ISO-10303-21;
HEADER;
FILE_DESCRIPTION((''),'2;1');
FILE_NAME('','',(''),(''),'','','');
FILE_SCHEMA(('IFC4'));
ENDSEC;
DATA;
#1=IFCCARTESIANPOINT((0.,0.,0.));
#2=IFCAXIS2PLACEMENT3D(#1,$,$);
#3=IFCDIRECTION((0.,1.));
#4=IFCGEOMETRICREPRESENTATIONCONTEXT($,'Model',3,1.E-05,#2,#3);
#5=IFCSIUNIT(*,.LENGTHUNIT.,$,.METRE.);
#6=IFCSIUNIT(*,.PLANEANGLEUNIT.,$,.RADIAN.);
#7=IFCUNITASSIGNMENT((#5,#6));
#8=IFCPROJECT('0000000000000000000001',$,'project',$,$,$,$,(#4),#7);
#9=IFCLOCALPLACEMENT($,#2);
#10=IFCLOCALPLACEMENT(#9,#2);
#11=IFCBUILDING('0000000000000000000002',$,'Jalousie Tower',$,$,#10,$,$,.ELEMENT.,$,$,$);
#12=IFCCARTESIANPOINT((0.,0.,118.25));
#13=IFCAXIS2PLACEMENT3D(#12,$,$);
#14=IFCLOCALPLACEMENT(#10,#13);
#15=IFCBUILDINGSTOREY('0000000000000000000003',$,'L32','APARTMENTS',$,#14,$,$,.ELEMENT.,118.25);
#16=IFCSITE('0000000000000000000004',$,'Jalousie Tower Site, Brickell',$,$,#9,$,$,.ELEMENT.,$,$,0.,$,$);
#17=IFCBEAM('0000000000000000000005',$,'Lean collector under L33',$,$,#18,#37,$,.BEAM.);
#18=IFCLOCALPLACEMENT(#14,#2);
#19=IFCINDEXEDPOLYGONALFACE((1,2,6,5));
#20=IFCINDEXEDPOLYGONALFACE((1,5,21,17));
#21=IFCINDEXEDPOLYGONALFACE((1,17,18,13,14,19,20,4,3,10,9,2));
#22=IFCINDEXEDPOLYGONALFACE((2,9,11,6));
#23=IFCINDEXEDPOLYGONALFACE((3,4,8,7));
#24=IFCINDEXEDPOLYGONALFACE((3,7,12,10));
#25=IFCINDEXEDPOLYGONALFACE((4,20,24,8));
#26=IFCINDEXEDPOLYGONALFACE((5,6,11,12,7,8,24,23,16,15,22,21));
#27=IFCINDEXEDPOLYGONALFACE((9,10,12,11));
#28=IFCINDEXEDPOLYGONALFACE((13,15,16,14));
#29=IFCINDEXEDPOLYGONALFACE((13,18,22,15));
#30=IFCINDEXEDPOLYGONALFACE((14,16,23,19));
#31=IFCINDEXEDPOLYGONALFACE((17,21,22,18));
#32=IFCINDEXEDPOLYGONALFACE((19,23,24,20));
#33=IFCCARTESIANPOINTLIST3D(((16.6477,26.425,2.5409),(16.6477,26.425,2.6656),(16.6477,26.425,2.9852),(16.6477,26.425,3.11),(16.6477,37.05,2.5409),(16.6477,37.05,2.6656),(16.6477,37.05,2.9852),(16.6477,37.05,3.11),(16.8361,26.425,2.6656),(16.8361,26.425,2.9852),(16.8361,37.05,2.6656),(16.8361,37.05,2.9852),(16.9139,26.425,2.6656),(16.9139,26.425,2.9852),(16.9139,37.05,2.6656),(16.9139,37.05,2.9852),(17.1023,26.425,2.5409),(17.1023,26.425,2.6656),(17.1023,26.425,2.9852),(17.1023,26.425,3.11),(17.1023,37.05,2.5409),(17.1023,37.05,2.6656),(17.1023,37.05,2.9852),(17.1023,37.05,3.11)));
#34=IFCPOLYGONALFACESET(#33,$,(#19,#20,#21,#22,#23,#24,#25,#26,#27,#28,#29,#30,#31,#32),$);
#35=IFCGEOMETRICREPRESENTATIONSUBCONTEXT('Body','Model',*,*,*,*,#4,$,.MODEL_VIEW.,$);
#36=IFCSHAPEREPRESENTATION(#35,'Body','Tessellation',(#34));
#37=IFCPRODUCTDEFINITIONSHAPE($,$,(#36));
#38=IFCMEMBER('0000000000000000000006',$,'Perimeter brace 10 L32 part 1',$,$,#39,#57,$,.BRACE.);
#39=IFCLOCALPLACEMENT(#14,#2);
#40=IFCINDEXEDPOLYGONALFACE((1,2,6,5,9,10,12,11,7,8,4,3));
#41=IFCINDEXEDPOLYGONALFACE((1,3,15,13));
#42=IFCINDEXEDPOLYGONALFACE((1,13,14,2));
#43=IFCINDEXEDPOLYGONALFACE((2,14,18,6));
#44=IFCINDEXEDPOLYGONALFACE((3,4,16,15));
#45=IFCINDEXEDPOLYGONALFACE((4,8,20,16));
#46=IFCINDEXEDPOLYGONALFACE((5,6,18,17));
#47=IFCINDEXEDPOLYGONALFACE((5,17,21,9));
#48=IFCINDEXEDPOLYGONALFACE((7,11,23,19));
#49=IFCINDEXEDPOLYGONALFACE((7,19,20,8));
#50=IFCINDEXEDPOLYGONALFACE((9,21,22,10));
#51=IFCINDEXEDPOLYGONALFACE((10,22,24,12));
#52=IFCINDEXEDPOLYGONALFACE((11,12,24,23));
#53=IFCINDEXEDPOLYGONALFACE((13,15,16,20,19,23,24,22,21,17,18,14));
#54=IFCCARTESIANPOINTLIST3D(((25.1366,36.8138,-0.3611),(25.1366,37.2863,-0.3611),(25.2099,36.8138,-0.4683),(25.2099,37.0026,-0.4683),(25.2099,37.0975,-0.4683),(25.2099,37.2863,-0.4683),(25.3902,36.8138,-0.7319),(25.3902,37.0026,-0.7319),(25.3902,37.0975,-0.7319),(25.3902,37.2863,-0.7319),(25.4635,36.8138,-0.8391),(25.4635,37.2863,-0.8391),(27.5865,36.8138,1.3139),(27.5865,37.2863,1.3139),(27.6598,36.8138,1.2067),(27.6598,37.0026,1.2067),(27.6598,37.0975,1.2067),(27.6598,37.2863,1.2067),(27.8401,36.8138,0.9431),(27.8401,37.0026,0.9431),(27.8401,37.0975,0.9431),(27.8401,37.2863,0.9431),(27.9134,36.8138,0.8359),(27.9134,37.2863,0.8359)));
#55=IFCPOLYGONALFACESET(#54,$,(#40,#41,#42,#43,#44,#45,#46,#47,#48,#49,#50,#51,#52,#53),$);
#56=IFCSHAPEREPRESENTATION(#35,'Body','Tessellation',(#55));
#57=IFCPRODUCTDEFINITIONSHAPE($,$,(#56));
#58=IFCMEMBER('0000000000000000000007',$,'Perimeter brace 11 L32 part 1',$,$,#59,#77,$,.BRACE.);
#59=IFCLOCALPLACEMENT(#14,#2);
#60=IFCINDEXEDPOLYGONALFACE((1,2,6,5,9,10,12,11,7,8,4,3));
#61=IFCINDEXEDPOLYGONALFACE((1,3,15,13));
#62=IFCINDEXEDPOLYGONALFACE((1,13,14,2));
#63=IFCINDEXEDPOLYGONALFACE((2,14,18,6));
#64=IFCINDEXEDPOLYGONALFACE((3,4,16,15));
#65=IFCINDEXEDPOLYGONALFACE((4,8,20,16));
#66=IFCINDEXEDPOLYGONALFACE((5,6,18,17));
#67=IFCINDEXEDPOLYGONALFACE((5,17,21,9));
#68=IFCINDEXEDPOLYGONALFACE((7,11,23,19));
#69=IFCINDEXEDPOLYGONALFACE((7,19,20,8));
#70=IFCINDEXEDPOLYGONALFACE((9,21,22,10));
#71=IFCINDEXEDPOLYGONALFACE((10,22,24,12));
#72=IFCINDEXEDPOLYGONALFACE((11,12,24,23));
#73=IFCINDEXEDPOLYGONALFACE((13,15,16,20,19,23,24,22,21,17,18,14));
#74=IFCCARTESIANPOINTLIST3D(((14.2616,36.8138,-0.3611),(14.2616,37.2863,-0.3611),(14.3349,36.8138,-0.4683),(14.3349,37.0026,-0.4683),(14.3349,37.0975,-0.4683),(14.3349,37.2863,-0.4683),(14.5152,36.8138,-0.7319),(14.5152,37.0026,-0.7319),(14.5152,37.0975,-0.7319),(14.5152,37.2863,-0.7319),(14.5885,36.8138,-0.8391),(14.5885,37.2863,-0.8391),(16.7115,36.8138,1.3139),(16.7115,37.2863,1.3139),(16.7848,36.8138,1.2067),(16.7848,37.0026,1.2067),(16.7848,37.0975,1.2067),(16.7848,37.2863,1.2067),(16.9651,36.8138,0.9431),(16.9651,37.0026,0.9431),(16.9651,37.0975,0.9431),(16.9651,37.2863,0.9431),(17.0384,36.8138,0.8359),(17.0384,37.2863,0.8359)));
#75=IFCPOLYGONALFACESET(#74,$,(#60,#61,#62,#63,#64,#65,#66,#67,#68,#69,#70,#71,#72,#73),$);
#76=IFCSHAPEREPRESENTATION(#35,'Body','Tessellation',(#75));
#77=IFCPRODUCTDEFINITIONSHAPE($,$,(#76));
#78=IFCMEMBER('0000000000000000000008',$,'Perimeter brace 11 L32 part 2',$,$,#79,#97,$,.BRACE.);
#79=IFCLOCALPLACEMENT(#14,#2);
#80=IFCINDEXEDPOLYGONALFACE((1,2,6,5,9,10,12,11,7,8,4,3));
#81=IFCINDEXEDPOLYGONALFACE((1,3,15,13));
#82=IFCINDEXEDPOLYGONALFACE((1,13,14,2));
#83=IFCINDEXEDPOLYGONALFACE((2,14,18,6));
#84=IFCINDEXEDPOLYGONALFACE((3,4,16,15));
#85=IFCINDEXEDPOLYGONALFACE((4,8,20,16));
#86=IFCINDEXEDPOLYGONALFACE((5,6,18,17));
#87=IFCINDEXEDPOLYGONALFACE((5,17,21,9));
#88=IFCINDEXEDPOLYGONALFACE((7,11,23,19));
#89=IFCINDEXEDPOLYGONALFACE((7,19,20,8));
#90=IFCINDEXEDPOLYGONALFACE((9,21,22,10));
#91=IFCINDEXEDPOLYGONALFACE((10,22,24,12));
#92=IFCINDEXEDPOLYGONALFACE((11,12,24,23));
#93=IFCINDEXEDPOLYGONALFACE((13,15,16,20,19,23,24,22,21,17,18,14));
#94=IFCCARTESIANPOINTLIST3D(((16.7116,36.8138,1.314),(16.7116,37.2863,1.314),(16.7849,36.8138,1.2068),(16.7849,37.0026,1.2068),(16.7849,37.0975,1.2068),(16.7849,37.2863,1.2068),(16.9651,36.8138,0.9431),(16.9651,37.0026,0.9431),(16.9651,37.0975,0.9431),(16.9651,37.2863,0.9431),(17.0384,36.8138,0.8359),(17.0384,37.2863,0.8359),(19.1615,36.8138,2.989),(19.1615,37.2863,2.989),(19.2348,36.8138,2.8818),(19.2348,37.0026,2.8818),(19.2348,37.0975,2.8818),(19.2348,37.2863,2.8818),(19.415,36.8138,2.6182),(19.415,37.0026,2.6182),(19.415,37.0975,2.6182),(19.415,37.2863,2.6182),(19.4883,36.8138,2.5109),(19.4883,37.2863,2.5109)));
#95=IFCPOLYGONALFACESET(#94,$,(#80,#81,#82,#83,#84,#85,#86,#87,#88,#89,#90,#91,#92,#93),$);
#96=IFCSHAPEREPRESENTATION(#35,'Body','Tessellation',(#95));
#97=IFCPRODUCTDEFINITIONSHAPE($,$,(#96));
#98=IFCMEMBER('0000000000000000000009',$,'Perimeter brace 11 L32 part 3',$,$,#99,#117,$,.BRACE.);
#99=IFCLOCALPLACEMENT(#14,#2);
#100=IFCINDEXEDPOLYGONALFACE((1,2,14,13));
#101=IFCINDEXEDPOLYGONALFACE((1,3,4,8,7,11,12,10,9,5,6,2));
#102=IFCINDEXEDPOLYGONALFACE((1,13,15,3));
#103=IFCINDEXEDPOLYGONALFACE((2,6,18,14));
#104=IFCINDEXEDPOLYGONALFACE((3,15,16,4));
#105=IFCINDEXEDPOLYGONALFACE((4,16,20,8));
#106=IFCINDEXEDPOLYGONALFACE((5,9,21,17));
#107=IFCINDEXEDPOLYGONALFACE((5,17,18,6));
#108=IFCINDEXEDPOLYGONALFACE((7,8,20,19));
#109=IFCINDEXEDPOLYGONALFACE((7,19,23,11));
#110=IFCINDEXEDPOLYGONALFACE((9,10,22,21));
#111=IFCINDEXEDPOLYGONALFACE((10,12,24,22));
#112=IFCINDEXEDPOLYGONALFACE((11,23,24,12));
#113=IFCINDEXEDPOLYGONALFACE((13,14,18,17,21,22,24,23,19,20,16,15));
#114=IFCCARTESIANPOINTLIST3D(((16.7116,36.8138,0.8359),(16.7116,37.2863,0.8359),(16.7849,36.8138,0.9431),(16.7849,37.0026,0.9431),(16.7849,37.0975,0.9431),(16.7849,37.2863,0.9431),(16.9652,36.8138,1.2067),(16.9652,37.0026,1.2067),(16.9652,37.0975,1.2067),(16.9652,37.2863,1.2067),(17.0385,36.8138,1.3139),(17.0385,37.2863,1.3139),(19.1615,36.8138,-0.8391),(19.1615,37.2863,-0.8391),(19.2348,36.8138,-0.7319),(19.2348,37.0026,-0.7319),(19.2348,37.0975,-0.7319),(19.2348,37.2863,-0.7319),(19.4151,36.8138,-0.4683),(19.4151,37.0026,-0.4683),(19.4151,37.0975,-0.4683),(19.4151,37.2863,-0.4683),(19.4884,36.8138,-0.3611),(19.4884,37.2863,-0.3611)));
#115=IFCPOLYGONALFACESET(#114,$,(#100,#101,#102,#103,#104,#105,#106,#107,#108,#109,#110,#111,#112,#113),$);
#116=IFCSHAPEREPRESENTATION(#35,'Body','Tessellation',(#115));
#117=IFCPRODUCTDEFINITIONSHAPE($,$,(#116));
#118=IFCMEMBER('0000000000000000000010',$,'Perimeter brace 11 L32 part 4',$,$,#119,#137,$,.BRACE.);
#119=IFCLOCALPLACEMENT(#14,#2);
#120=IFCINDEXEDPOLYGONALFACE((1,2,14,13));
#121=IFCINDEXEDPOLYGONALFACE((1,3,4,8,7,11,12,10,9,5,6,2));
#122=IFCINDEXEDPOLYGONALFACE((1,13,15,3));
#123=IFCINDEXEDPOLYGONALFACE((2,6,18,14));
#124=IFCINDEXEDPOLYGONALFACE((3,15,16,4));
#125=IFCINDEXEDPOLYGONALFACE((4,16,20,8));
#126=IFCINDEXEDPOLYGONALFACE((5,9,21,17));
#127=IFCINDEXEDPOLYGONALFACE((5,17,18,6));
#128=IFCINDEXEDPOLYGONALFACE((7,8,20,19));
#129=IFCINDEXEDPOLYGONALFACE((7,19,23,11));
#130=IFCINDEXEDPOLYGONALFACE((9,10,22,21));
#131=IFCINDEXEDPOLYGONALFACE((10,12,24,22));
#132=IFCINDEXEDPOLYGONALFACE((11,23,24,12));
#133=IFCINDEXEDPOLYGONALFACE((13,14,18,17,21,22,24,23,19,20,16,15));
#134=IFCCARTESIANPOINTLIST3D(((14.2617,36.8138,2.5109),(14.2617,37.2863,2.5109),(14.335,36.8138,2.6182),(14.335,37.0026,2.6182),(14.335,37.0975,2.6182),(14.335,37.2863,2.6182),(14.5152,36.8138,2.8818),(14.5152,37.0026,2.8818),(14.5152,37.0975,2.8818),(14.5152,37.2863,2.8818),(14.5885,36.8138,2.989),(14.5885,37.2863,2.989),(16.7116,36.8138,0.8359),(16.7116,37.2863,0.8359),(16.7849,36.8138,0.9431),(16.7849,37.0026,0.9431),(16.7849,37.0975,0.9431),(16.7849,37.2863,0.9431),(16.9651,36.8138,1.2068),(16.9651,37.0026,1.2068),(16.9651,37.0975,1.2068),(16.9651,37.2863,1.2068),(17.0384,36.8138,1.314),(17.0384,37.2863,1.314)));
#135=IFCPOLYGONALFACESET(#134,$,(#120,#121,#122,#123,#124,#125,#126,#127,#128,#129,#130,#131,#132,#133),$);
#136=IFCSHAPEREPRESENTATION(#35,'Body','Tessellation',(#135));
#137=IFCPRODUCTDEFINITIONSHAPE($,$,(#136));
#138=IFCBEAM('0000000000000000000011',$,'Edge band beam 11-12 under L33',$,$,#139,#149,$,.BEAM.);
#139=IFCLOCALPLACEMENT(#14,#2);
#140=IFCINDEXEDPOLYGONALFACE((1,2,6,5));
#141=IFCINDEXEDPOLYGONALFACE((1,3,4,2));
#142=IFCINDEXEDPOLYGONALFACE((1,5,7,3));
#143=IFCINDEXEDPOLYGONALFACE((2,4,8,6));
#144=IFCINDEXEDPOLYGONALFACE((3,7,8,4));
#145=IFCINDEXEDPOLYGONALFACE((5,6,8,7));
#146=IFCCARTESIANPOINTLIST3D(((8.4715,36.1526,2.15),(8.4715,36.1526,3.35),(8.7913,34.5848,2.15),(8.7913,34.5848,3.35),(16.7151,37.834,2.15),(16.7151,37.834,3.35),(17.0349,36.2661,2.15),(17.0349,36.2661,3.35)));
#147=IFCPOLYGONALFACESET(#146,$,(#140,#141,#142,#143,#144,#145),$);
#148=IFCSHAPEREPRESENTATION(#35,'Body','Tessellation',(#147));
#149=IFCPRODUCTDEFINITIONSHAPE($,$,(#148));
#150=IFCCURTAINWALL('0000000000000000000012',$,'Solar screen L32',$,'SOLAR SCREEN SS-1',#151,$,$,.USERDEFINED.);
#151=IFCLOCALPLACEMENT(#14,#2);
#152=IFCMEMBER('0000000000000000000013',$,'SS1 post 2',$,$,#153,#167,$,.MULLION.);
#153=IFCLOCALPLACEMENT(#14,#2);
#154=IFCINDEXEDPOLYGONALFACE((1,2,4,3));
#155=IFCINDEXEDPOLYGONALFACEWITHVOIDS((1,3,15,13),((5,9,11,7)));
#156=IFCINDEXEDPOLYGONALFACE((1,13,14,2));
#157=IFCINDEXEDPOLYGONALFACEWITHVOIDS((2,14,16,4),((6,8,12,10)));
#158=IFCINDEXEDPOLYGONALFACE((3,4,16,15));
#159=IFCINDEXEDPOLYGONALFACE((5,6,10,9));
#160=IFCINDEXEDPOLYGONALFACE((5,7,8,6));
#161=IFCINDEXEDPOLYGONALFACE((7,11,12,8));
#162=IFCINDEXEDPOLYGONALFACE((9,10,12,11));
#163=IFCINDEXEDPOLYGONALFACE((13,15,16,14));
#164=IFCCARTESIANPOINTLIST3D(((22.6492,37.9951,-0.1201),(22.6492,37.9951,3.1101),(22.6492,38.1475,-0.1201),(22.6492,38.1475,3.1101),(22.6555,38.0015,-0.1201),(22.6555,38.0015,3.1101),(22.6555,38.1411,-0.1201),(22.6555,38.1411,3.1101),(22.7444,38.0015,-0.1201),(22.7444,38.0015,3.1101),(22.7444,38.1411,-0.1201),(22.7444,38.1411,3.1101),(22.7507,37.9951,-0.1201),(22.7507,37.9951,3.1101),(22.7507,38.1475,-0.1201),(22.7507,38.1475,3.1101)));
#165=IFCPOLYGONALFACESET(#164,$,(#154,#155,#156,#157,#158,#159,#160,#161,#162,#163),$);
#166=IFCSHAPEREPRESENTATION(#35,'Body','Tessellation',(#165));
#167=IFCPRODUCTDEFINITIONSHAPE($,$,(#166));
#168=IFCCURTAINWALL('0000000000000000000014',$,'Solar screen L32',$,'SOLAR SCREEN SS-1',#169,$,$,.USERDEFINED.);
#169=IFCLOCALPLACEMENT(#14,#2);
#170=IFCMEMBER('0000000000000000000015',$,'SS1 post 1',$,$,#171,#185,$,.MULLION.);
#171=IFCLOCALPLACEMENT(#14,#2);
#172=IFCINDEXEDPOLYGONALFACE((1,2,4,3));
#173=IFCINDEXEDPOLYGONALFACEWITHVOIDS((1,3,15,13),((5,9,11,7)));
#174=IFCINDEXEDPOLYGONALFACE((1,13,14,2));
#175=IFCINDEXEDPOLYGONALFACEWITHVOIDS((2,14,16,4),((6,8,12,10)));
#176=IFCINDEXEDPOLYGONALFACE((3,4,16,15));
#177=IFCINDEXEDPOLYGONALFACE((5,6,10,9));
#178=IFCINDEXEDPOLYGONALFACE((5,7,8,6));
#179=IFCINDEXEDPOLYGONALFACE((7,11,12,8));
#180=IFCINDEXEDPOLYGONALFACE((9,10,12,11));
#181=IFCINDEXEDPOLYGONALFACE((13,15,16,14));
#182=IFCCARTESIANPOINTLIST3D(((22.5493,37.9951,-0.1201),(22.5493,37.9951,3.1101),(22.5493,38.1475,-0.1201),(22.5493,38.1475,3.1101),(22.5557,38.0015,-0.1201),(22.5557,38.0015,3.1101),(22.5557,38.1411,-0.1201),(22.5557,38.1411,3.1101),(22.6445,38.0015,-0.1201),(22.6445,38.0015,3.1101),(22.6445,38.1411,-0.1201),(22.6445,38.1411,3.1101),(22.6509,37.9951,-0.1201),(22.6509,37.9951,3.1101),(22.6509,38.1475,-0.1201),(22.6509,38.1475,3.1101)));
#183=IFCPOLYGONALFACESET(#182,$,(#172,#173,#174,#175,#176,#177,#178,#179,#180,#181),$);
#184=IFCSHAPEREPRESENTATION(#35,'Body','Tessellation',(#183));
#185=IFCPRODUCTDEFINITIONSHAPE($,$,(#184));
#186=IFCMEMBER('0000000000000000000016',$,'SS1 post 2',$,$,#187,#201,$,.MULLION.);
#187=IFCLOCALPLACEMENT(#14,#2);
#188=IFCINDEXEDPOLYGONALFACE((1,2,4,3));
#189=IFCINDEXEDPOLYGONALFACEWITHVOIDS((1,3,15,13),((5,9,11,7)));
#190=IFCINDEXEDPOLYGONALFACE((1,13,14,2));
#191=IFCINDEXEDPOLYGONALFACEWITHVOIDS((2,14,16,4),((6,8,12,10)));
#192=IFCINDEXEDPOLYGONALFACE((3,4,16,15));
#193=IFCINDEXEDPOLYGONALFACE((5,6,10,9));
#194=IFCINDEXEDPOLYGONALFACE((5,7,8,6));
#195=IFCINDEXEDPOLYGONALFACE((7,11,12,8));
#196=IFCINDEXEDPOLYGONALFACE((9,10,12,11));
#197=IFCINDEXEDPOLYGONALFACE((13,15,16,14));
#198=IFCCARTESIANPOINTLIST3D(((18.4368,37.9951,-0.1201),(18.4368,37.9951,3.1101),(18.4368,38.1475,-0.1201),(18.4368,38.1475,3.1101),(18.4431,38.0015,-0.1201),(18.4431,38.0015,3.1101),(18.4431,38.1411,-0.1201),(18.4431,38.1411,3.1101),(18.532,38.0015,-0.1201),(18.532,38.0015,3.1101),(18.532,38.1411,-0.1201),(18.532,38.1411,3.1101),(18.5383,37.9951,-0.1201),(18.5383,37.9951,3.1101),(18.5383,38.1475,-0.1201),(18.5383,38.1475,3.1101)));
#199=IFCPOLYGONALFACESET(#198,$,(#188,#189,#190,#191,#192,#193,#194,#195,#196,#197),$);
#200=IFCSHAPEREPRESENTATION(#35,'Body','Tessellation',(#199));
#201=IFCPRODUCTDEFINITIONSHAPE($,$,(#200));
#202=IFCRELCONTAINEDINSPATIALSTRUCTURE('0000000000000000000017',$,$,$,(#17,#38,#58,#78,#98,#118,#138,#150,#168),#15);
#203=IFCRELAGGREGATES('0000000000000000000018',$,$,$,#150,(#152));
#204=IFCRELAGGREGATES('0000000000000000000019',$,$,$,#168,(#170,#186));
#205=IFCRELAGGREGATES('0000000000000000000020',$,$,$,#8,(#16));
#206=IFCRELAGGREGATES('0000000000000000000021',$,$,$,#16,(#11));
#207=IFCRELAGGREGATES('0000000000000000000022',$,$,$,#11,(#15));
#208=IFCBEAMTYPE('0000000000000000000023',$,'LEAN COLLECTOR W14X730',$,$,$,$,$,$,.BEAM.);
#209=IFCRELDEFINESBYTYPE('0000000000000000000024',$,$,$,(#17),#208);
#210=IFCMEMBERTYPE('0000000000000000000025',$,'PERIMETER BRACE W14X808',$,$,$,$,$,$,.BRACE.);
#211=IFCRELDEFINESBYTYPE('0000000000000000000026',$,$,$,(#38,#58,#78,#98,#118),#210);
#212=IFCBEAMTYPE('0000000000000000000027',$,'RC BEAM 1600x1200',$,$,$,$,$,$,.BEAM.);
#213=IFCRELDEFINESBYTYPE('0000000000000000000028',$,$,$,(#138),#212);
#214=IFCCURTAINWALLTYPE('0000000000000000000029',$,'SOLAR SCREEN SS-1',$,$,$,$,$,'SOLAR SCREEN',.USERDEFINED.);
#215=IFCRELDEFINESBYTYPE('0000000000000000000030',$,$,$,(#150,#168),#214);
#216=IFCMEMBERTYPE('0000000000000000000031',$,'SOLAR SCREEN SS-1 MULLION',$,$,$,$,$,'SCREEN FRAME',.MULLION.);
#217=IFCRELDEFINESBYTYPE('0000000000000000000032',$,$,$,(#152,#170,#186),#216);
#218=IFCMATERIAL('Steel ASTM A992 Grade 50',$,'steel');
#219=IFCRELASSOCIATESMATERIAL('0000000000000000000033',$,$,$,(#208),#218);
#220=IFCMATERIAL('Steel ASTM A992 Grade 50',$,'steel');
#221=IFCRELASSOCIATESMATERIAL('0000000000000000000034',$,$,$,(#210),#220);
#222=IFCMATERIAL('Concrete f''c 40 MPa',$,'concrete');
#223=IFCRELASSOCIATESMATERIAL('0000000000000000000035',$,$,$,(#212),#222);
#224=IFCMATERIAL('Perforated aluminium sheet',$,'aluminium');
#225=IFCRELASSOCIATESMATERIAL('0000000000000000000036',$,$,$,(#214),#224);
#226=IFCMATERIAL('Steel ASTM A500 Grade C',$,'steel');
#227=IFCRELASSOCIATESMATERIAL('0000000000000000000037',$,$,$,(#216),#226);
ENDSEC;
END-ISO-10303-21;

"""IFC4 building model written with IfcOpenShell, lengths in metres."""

from ifc_helpers import new_model, si_unit, direction, frame, origin, origin_2d, place, context, subcontext, project, spatial, rectangle, hollow_rectangle, i_section, extrude, material, material_profile, profile_set, type_object, element, aggregate, save


model = new_model("IFC4")

# Units and contexts
model_context = context("Model", 3, precision=1e-05, world=origin(), true_north=direction((0.0, 1.0)))
body_context = subcontext(model_context, "Body", "Model", "MODEL_VIEW")
ifc_project = project(units=[si_unit("LENGTHUNIT", "METRE"), si_unit("PLANEANGLEUNIT", "RADIAN")], contexts=[model_context])

# Site, building, storey
site_placement = place(None, origin())
site = spatial("IfcSite", under=ifc_project, at=site_placement, Name="Jalousie Tower Site, Brickell", CompositionType="ELEMENT", RefElevation=0.0)
building_placement = place(site_placement, origin())
building = spatial("IfcBuilding", under=site, at=building_placement, Name="Jalousie Tower", CompositionType="ELEMENT")
storey_placement = place(building_placement, frame((0.0, 0.0, 118.25)))
storey = spatial("IfcBuildingStorey", under=building, at=storey_placement, Name="L32", Description="APARTMENTS", CompositionType="ELEMENT", Elevation=118.25)

# Beam
ifc_material_1 = material(Name="Steel ASTM A992 Grade 50", Category="steel")
ifc_material_profile_1 = material_profile(ifc_material_1, i_section(OverallWidth=0.4546, OverallDepth=0.5691, WebThickness=0.0779, FlangeThickness=0.1248, at=origin_2d()), Name="W14X730")
ifc_profile_set_1 = profile_set([ifc_material_profile_1], Name="Steel ASTM A992 Grade 50")
beam_type_1 = type_object("IfcBeamType", Name="LEAN COLLECTOR W14X730", PredefinedType="BEAM", material=ifc_profile_set_1)
beam_1_placement = place(storey_placement, frame((16.875, 37.05, 2.8254), z_axis=(0.0, -1.0, 0.0), x_axis=(1.0, 0.0, 0.0)))
element("IfcBeam", 1, at=beam_1_placement, inside=storey, type_object=beam_type_1, Name="Lean collector under L33", PredefinedType="BEAM", context=body_context, shape_type="SweptSolid", body=[
    extrude(i_section(OverallWidth=0.4546, OverallDepth=0.5691, WebThickness=0.0779, FlangeThickness=0.1248, at=origin_2d()), origin(), (0.0, 0.0, 1.0), 10.625),
])

# Members
ifc_material_2 = material(Name="Steel ASTM A992 Grade 50", Category="steel")
ifc_material_profile_2 = material_profile(ifc_material_2, i_section(OverallWidth=0.4724, OverallDepth=0.5791, WebThickness=0.095, FlangeThickness=0.1299, at=origin_2d()), Name="W14X808")
ifc_profile_set_2 = profile_set([ifc_material_profile_2], Name="Steel ASTM A992 Grade 50")
member_type_1 = type_object("IfcMemberType", Name="PERIMETER BRACE W14X808", PredefinedType="BRACE", material=ifc_profile_set_2)
for number, where, z_axis, x_axis, name in (
    (2, (25.3, 37.05, -0.6001), (0.825501, 0.0, 0.564401), (0.0, 1.0, 0.0), "Perimeter brace 10 L32 part 1"),
    (3, (14.425, 37.05, -0.6001), (0.825501, 0.0, 0.564401), (0.0, 1.0, 0.0), "Perimeter brace 11 L32 part 1"),
    (4, (16.875, 37.05, 1.075), (0.825501, 0.0, 0.564401), (0.0, 1.0, 0.0), "Perimeter brace 11 L32 part 2"),
    (5, (19.325, 37.05, -0.6001), (-0.825501, 0.0, 0.564401), (0.0, -1.0, 0.0), "Perimeter brace 11 L32 part 3"),
    (6, (16.875, 37.05, 1.075), (-0.825501, 0.0, 0.564401), (0.0, -1.0, 0.0), "Perimeter brace 11 L32 part 4"),
):
    element("IfcMember", number, at=place(storey_placement, frame(where, z_axis=z_axis, x_axis=x_axis)), inside=storey, type_object=member_type_1, Name=name, PredefinedType="BRACE", context=body_context, shape_type="SweptSolid", body=[
        extrude(i_section(OverallWidth=0.4724, OverallDepth=0.5791, WebThickness=0.095, FlangeThickness=0.1299, at=origin_2d()), origin(), (0.0, 0.0, 1.0), 2.9678),
    ])

# Beam
ifc_material_3 = material(Name="Concrete f'c 40 MPa", Category="concrete")
ifc_material_profile_3 = material_profile(ifc_material_3, rectangle(XDim=1.6001, YDim=1.2, at=origin_2d()), Name="RC 1600x1200")
ifc_profile_set_3 = profile_set([ifc_material_profile_3], Name="Concrete f'c 40 MPa")
beam_type_2 = type_object("IfcBeamType", Name="RC BEAM 1600x1200", PredefinedType="BEAM", material=ifc_profile_set_3)
beam_2_placement = place(storey_placement, frame((16.875, 37.05, 2.75), z_axis=(-0.979827, -0.199848, 0.0), x_axis=(0.199848, -0.979827, 0.0)))
element("IfcBeam", 7, at=beam_2_placement, inside=storey, type_object=beam_type_2, Name="Edge band beam 11-12 under L33", PredefinedType="BEAM", context=body_context, shape_type="SweptSolid", body=[
    extrude(rectangle(XDim=1.6001, YDim=1.2, at=origin_2d()), origin(), (0.0, 0.0, 1.0), 8.4133),
])

# Curtain wall, member
ifc_material_4 = material(Name="Perforated aluminium sheet", Category="aluminium")
curtain_wall_type = type_object("IfcCurtainWallType", Name="SOLAR SCREEN SS-1", ElementType="SOLAR SCREEN", PredefinedType="USERDEFINED", material=ifc_material_4)
curtain_wall_1_placement = place(storey_placement, origin())
curtain_wall_1 = element("IfcCurtainWall", 8, at=curtain_wall_1_placement, inside=storey, type_object=curtain_wall_type, Name="Solar screen L32", ObjectType="SOLAR SCREEN SS-1", PredefinedType="USERDEFINED")
ifc_material_5 = material(Name="Steel ASTM A500 Grade C", Category="steel")
ifc_material_profile_4 = material_profile(ifc_material_5, hollow_rectangle(XDim=0.1016, YDim=0.1523, WallThickness=0.0063, at=origin_2d()), Name="HSS6X4X1/4")
ifc_profile_set_4 = profile_set([ifc_material_profile_4], Name="Steel ASTM A500 Grade C")
member_type_2 = type_object("IfcMemberType", Name="SOLAR SCREEN SS-1 MULLION", ElementType="SCREEN FRAME", PredefinedType="MULLION", material=ifc_profile_set_4)
member_1_placement = place(storey_placement, frame((22.7, 38.0713, -0.1201), z_axis=(0.0, 0.0, 1.0), x_axis=(-1.0, 0.0, 0.0)))
member_1 = element("IfcMember", 9, at=member_1_placement, type_object=member_type_2, Name="SS1 post 2", PredefinedType="MULLION", context=body_context, shape_type="SweptSolid", body=[
    extrude(hollow_rectangle(XDim=0.1016, YDim=0.1523, WallThickness=0.0063, at=origin_2d()), origin(), (0.0, 0.0, 1.0), 3.2302),
])

# Curtain wall, members
curtain_wall_2_placement = place(storey_placement, origin())
curtain_wall_2 = element("IfcCurtainWall", 10, at=curtain_wall_2_placement, inside=storey, type_object=curtain_wall_type, Name="Solar screen L32", ObjectType="SOLAR SCREEN SS-1", PredefinedType="USERDEFINED")
member_2_placement = place(storey_placement, frame((22.6001, 38.0713, -0.1201), z_axis=(0.0, 0.0, 1.0), x_axis=(-1.0, 0.0, 0.0)))
member_2 = element("IfcMember", 11, at=member_2_placement, type_object=member_type_2, Name="SS1 post 1", PredefinedType="MULLION", context=body_context, shape_type="SweptSolid", body=[
    extrude(hollow_rectangle(XDim=0.1016, YDim=0.1523, WallThickness=0.0063, at=origin_2d()), origin(), (0.0, 0.0, 1.0), 3.2302),
])
member_3_placement = place(storey_placement, frame((18.4875, 38.0713, -0.1201), z_axis=(0.0, 0.0, 1.0), x_axis=(-1.0, 0.0, 0.0)))
member_3 = element("IfcMember", 12, at=member_3_placement, type_object=member_type_2, Name="SS1 post 2", PredefinedType="MULLION", context=body_context, shape_type="SweptSolid", body=[
    extrude(hollow_rectangle(XDim=0.1016, YDim=0.1523, WallThickness=0.0063, at=origin_2d()), origin(), (0.0, 0.0, 1.0), 3.2302),
])

aggregate(curtain_wall_1, [member_1])
aggregate(curtain_wall_2, [member_2, member_3])

save(model, "model.ifc")
